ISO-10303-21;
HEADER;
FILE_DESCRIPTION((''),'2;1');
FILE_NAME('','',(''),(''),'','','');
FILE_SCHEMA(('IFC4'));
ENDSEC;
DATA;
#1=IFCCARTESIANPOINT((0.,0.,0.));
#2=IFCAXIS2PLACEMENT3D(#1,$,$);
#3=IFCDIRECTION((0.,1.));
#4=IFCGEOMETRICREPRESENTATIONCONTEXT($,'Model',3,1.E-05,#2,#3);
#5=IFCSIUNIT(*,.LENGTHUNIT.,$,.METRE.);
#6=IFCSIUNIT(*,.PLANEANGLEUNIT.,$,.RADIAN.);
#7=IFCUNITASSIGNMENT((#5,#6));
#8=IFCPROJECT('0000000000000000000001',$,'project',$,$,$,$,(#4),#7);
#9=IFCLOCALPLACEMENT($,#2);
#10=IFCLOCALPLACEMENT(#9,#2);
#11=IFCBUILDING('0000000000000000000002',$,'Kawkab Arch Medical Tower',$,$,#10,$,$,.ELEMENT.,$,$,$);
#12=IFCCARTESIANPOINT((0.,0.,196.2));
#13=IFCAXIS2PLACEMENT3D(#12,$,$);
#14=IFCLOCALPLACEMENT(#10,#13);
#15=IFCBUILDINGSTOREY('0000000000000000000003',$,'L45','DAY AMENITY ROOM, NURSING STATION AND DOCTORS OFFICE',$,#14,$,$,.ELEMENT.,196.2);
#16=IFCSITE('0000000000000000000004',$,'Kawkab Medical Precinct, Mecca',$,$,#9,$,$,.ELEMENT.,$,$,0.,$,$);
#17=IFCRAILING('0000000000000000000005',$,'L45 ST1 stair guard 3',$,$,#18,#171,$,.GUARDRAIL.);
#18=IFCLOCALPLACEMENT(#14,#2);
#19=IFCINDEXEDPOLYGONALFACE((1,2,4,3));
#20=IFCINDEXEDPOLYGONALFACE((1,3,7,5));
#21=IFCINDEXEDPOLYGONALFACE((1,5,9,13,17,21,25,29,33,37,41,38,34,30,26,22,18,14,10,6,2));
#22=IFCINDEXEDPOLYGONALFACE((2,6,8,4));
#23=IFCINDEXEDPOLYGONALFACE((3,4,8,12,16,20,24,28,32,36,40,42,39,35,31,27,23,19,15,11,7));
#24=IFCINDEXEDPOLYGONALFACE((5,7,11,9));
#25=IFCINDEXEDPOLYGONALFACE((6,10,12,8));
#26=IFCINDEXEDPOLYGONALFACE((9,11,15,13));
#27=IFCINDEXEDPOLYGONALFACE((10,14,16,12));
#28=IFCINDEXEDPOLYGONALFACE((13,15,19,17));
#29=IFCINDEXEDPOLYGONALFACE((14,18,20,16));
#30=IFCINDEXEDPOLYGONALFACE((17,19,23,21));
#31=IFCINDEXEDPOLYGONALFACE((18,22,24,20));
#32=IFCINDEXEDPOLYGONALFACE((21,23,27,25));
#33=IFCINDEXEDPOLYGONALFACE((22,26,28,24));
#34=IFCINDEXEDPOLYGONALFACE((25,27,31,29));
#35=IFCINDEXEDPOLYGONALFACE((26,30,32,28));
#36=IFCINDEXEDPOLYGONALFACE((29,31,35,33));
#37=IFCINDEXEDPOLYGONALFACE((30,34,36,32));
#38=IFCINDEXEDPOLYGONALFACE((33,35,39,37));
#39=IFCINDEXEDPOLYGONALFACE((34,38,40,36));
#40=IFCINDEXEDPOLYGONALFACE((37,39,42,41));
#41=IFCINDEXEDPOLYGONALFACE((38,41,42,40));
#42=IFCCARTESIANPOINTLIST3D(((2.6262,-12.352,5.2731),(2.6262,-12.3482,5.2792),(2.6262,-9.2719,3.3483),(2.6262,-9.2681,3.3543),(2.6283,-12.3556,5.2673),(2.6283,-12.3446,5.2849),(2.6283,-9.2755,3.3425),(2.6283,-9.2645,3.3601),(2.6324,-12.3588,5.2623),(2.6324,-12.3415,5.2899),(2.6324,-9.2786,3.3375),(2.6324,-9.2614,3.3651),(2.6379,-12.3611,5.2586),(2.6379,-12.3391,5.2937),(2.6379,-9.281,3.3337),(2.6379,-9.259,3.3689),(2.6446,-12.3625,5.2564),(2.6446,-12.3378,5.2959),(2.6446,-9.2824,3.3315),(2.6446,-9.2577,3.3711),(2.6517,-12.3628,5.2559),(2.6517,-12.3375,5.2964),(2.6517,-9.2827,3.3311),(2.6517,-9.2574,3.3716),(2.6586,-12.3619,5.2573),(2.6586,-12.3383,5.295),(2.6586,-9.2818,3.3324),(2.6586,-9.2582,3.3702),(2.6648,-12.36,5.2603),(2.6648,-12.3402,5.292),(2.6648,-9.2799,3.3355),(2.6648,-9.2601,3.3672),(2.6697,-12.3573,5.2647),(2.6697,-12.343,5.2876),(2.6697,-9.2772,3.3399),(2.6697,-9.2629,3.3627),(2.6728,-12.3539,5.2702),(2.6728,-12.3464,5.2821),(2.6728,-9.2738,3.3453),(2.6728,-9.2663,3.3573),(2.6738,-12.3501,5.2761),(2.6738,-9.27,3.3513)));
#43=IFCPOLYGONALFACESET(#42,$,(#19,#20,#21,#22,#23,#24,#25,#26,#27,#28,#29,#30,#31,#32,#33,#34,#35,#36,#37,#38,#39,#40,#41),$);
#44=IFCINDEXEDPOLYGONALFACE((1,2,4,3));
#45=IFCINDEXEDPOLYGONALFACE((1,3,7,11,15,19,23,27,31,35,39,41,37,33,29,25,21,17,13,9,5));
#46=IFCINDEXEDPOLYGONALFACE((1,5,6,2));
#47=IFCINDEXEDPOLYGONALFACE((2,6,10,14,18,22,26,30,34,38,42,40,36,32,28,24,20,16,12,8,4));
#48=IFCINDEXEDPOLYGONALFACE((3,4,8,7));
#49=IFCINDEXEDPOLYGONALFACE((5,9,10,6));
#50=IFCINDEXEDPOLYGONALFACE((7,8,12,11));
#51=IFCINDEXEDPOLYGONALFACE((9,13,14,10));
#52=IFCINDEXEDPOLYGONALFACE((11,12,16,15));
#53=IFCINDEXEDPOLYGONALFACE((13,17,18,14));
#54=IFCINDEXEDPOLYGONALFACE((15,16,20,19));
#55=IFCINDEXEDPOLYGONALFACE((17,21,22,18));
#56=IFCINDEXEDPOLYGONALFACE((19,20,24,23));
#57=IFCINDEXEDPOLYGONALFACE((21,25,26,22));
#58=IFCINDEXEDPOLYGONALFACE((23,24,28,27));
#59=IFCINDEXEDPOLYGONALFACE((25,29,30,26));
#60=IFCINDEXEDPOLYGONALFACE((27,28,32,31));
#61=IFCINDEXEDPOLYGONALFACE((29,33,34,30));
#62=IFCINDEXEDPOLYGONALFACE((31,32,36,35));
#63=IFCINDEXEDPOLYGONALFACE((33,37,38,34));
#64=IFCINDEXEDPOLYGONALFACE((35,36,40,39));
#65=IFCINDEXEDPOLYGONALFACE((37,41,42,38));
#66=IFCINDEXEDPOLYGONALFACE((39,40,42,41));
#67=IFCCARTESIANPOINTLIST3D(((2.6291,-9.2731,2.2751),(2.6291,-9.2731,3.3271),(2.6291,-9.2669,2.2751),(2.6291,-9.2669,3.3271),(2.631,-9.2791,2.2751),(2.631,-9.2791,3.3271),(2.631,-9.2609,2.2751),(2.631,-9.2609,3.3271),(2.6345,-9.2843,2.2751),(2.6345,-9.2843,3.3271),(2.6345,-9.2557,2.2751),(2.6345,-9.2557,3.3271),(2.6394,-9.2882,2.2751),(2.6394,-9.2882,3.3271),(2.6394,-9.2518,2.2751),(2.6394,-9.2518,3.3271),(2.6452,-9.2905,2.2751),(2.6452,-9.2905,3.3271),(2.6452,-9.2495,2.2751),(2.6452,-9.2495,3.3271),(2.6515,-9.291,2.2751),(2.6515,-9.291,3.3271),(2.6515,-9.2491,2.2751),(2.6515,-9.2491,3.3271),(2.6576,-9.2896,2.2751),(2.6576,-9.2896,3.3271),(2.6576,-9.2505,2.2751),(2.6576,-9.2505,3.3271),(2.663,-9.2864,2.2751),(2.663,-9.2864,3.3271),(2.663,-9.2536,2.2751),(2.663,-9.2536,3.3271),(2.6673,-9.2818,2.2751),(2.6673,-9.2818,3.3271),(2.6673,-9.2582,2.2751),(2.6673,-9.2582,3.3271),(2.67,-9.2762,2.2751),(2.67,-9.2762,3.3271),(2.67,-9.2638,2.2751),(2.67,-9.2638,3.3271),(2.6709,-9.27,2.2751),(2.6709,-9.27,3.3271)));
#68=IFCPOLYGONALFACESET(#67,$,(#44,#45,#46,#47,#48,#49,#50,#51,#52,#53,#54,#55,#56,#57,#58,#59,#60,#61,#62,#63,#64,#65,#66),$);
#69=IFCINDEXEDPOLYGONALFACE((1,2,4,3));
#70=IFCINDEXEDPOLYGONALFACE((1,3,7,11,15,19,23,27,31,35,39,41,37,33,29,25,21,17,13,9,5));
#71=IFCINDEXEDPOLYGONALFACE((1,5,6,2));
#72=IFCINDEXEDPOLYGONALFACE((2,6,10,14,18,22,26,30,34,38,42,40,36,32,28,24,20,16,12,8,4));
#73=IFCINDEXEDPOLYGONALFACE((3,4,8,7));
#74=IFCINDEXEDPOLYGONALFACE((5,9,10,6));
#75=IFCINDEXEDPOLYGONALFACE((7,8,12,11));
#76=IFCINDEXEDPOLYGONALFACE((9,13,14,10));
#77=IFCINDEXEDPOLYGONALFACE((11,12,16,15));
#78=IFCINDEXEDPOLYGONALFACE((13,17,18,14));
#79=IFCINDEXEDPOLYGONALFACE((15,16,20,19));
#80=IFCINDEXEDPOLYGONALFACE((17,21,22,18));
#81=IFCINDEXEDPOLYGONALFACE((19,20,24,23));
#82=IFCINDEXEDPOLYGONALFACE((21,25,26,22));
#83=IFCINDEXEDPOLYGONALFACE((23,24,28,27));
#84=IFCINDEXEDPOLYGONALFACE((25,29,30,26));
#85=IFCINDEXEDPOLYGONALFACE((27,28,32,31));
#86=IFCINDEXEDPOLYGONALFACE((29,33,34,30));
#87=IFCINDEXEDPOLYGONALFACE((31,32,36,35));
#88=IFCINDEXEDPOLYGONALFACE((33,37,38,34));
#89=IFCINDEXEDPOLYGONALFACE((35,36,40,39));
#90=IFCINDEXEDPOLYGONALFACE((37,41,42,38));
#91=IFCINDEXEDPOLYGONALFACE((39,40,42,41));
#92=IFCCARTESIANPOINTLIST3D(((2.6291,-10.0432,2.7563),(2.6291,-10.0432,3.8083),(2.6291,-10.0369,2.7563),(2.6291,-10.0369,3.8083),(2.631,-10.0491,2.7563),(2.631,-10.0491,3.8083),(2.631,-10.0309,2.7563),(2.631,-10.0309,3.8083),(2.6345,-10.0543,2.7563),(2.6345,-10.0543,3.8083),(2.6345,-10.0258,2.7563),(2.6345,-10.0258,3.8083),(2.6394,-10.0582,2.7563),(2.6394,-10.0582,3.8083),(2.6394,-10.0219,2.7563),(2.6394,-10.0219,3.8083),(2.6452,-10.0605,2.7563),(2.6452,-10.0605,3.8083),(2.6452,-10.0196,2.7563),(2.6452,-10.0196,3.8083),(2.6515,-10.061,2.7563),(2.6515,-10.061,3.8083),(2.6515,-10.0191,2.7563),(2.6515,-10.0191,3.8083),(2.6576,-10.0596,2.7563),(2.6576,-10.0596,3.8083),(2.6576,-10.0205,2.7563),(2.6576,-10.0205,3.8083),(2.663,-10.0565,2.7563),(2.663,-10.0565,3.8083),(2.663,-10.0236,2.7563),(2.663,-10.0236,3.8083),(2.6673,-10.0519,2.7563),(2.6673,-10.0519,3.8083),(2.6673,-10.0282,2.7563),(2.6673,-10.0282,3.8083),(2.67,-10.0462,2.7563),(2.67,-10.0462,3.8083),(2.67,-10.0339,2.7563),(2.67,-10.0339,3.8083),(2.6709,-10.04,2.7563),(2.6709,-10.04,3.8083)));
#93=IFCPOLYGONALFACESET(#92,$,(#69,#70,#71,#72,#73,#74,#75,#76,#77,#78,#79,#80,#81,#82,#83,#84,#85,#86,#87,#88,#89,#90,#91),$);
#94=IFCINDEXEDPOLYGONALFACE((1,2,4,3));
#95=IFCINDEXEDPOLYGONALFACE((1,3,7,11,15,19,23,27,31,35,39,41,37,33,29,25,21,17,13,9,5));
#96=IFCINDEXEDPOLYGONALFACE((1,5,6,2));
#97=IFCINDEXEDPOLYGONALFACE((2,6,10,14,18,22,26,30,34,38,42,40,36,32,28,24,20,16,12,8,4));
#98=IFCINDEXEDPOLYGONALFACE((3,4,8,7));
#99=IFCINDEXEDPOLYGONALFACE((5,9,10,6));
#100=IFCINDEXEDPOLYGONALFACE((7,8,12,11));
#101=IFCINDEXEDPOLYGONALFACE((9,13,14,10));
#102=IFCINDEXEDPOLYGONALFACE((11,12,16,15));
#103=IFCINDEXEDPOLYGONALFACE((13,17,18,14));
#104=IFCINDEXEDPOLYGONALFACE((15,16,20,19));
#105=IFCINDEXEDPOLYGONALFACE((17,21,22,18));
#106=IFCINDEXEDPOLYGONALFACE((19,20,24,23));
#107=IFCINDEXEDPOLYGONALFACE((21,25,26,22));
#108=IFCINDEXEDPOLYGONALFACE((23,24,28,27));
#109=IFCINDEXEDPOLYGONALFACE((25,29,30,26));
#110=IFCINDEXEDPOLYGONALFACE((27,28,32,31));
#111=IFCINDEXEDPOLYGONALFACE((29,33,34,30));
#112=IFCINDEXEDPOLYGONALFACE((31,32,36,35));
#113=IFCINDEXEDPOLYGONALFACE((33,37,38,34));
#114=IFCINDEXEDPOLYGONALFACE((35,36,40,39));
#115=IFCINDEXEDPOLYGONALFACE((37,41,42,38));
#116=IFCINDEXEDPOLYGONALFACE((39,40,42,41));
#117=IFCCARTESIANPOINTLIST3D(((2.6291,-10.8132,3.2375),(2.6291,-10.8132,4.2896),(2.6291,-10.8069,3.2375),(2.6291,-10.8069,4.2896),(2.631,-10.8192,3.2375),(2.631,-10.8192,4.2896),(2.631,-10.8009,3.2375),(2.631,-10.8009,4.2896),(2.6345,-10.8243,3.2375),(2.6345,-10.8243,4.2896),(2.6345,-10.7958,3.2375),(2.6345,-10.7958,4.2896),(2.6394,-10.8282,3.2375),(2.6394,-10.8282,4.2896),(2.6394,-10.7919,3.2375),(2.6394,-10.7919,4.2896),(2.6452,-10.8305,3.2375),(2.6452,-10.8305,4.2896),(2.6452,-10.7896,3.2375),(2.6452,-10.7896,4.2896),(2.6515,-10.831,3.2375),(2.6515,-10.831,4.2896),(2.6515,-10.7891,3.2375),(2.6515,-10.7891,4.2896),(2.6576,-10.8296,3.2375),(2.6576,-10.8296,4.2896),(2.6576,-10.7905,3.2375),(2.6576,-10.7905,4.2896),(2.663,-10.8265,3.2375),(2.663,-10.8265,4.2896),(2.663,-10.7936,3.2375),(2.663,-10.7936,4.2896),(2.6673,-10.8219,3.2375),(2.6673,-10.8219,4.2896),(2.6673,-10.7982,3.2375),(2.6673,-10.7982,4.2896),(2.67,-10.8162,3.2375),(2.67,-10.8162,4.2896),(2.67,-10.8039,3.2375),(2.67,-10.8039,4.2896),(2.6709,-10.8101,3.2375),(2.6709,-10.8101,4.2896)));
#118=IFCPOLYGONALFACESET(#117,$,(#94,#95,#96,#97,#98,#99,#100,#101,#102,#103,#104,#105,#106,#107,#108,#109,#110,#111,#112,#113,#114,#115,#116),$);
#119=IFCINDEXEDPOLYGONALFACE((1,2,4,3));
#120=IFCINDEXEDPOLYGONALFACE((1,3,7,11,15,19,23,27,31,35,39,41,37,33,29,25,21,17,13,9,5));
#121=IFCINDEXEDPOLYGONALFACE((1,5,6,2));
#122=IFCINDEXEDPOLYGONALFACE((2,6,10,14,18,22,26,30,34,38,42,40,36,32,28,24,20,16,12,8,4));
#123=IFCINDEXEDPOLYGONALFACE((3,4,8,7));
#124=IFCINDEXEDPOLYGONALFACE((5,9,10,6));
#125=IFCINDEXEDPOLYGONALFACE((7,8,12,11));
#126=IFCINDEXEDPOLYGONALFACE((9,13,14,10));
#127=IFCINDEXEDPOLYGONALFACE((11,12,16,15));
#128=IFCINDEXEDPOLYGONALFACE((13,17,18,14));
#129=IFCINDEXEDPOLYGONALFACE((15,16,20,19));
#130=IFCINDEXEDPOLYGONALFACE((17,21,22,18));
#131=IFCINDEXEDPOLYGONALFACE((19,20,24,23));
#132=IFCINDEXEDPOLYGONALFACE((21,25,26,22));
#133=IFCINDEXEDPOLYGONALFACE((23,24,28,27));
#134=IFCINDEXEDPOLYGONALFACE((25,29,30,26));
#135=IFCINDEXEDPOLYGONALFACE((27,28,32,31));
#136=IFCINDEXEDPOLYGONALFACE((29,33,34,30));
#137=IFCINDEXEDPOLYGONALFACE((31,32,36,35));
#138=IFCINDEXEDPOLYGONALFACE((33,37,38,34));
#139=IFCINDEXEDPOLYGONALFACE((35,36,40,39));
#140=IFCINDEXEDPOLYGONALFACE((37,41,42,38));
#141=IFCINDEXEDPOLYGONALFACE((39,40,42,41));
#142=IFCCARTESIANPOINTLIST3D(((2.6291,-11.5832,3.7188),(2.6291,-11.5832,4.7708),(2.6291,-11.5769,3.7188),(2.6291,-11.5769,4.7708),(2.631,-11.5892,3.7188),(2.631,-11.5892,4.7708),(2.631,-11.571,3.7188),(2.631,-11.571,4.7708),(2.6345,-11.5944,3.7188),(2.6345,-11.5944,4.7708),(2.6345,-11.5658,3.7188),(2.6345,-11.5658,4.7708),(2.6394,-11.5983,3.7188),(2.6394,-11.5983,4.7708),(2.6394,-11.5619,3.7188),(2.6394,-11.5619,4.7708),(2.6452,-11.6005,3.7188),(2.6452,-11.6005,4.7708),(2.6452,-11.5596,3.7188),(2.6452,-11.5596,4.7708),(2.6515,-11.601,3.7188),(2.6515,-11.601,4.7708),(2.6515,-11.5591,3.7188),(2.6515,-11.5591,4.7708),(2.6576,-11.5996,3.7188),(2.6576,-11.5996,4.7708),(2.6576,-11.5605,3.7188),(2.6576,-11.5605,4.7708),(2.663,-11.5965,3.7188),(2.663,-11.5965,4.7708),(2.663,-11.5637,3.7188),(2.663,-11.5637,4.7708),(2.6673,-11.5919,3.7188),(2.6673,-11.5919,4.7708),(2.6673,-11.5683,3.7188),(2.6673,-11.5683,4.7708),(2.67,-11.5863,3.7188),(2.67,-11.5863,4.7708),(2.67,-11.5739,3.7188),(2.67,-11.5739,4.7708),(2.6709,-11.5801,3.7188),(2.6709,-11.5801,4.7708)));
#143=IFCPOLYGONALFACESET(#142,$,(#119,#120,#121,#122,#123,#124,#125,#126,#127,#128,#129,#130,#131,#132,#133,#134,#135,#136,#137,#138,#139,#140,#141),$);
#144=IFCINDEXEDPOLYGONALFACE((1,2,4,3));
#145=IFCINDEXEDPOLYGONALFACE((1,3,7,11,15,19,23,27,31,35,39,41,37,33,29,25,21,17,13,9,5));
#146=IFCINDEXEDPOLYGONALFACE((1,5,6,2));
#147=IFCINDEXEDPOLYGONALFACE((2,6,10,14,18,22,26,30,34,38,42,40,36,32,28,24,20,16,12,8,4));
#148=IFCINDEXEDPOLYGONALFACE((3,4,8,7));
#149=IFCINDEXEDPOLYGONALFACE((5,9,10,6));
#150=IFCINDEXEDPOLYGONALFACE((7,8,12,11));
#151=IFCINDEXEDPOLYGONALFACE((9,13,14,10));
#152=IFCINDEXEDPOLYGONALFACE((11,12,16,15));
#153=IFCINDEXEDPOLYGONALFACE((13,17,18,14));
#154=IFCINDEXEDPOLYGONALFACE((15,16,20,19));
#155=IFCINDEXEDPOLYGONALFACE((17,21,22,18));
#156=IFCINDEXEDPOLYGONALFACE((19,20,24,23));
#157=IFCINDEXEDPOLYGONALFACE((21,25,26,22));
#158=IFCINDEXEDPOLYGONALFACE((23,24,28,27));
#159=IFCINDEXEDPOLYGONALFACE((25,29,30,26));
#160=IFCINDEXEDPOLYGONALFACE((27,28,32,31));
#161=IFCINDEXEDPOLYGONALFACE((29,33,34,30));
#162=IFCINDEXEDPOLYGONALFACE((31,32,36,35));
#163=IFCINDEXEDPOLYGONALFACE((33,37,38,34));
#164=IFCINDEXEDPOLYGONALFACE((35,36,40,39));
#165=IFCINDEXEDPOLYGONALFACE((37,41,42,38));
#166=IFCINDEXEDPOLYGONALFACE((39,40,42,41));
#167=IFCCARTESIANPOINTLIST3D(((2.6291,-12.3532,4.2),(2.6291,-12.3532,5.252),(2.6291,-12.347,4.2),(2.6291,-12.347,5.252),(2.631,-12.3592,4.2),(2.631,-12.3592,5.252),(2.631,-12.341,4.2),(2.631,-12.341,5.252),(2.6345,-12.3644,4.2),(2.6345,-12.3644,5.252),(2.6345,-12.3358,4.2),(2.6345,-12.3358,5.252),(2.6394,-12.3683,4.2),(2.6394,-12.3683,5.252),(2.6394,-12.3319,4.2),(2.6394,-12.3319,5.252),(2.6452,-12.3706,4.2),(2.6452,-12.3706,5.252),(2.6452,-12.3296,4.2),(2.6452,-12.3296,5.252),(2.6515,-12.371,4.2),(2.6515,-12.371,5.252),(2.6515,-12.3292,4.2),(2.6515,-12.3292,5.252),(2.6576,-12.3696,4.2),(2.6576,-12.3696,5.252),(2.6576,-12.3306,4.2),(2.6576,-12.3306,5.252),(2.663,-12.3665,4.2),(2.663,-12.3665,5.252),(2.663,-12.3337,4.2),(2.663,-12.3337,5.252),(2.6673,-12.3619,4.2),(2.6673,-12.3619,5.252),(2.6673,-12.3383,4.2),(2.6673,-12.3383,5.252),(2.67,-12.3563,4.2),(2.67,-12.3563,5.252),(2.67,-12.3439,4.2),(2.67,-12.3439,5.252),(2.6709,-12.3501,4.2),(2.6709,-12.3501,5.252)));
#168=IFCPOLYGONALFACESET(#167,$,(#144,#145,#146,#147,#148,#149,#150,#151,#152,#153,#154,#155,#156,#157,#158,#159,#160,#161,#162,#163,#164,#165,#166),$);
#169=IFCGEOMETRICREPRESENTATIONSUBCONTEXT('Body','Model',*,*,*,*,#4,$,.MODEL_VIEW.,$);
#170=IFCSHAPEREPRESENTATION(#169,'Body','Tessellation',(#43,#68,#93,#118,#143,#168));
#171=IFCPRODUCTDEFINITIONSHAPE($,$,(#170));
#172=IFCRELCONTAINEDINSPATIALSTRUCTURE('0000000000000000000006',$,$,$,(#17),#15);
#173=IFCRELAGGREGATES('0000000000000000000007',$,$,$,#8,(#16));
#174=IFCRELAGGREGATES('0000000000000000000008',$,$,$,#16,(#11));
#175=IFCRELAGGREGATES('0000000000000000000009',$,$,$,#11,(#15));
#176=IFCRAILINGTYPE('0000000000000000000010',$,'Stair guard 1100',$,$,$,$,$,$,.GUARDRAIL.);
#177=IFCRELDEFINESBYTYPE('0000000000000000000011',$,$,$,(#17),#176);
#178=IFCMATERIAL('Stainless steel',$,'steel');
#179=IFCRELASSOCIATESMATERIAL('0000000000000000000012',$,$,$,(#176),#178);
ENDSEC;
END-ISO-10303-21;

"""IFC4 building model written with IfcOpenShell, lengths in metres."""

from ifc_helpers import new_model, si_unit, direction, frame, origin, origin_2d, place, context, subcontext, project, spatial, circle, extrude, material, type_object, element, save


model = new_model("IFC4")

# Units and contexts
model_context = context("Model", 3, precision=1e-05, world=origin(), true_north=direction((0.0, 1.0)))
body_context = subcontext(model_context, "Body", "Model", "MODEL_VIEW")
ifc_project = project(units=[si_unit("LENGTHUNIT", "METRE"), si_unit("PLANEANGLEUNIT", "RADIAN")], contexts=[model_context])

# Site, building, storey
site_placement = place(None, origin())
site = spatial("IfcSite", under=ifc_project, at=site_placement, Name="Kawkab Medical Precinct, Mecca", CompositionType="ELEMENT", RefElevation=0.0)
building_placement = place(site_placement, origin())
building = spatial("IfcBuilding", under=site, at=building_placement, Name="Kawkab Arch Medical Tower", CompositionType="ELEMENT")
storey_placement = place(building_placement, frame((0.0, 0.0, 196.2)))
storey = spatial("IfcBuildingStorey", under=building, at=storey_placement, Name="L45", Description="DAY AMENITY ROOM, NURSING STATION AND DOCTORS OFFICE", CompositionType="ELEMENT", Elevation=196.2)

# Railing
ifc_material_1 = material(Name="Stainless steel", Category="steel")
railing_type_1 = type_object("IfcRailingType", Name="Stair guard 1100", PredefinedType="GUARDRAIL", material=ifc_material_1)
railing_1_placement = place(storey_placement, frame((2.6499, -9.27, 2.2751)))
element("IfcRailing", 1, at=railing_1_placement, inside=storey, type_object=railing_type_1, Name="L45 ST1 stair guard 3", PredefinedType="GUARDRAIL", context=body_context, shape_type="SweptSolid", body=[
    extrude(circle(Radius=0.0239, at=origin_2d()), frame((0.0, 0.0, 1.0762), z_axis=(0.0, -0.848029, 0.529951), x_axis=(1.0, 0.0, 0.0)), (0.0, 0.0, 1.0), 3.6321),
    extrude(circle(Radius=0.021, at=origin_2d()), origin(), (0.0, 0.0, 1.0), 1.052),
    extrude(circle(Radius=0.021, at=origin_2d()), frame((0.0, -0.77, 0.4812)), (0.0, 0.0, 1.0), 1.052),
    extrude(circle(Radius=0.021, at=origin_2d()), frame((0.0, -1.54, 0.9624)), (0.0, 0.0, 1.0), 1.052),
    extrude(circle(Radius=0.021, at=origin_2d()), frame((0.0, -2.3101, 1.4436)), (0.0, 0.0, 1.0), 1.052),
    extrude(circle(Radius=0.021, at=origin_2d()), frame((0.0, -3.0801, 1.9248)), (0.0, 0.0, 1.0), 1.052),
])

save(model, "model.ifc")
